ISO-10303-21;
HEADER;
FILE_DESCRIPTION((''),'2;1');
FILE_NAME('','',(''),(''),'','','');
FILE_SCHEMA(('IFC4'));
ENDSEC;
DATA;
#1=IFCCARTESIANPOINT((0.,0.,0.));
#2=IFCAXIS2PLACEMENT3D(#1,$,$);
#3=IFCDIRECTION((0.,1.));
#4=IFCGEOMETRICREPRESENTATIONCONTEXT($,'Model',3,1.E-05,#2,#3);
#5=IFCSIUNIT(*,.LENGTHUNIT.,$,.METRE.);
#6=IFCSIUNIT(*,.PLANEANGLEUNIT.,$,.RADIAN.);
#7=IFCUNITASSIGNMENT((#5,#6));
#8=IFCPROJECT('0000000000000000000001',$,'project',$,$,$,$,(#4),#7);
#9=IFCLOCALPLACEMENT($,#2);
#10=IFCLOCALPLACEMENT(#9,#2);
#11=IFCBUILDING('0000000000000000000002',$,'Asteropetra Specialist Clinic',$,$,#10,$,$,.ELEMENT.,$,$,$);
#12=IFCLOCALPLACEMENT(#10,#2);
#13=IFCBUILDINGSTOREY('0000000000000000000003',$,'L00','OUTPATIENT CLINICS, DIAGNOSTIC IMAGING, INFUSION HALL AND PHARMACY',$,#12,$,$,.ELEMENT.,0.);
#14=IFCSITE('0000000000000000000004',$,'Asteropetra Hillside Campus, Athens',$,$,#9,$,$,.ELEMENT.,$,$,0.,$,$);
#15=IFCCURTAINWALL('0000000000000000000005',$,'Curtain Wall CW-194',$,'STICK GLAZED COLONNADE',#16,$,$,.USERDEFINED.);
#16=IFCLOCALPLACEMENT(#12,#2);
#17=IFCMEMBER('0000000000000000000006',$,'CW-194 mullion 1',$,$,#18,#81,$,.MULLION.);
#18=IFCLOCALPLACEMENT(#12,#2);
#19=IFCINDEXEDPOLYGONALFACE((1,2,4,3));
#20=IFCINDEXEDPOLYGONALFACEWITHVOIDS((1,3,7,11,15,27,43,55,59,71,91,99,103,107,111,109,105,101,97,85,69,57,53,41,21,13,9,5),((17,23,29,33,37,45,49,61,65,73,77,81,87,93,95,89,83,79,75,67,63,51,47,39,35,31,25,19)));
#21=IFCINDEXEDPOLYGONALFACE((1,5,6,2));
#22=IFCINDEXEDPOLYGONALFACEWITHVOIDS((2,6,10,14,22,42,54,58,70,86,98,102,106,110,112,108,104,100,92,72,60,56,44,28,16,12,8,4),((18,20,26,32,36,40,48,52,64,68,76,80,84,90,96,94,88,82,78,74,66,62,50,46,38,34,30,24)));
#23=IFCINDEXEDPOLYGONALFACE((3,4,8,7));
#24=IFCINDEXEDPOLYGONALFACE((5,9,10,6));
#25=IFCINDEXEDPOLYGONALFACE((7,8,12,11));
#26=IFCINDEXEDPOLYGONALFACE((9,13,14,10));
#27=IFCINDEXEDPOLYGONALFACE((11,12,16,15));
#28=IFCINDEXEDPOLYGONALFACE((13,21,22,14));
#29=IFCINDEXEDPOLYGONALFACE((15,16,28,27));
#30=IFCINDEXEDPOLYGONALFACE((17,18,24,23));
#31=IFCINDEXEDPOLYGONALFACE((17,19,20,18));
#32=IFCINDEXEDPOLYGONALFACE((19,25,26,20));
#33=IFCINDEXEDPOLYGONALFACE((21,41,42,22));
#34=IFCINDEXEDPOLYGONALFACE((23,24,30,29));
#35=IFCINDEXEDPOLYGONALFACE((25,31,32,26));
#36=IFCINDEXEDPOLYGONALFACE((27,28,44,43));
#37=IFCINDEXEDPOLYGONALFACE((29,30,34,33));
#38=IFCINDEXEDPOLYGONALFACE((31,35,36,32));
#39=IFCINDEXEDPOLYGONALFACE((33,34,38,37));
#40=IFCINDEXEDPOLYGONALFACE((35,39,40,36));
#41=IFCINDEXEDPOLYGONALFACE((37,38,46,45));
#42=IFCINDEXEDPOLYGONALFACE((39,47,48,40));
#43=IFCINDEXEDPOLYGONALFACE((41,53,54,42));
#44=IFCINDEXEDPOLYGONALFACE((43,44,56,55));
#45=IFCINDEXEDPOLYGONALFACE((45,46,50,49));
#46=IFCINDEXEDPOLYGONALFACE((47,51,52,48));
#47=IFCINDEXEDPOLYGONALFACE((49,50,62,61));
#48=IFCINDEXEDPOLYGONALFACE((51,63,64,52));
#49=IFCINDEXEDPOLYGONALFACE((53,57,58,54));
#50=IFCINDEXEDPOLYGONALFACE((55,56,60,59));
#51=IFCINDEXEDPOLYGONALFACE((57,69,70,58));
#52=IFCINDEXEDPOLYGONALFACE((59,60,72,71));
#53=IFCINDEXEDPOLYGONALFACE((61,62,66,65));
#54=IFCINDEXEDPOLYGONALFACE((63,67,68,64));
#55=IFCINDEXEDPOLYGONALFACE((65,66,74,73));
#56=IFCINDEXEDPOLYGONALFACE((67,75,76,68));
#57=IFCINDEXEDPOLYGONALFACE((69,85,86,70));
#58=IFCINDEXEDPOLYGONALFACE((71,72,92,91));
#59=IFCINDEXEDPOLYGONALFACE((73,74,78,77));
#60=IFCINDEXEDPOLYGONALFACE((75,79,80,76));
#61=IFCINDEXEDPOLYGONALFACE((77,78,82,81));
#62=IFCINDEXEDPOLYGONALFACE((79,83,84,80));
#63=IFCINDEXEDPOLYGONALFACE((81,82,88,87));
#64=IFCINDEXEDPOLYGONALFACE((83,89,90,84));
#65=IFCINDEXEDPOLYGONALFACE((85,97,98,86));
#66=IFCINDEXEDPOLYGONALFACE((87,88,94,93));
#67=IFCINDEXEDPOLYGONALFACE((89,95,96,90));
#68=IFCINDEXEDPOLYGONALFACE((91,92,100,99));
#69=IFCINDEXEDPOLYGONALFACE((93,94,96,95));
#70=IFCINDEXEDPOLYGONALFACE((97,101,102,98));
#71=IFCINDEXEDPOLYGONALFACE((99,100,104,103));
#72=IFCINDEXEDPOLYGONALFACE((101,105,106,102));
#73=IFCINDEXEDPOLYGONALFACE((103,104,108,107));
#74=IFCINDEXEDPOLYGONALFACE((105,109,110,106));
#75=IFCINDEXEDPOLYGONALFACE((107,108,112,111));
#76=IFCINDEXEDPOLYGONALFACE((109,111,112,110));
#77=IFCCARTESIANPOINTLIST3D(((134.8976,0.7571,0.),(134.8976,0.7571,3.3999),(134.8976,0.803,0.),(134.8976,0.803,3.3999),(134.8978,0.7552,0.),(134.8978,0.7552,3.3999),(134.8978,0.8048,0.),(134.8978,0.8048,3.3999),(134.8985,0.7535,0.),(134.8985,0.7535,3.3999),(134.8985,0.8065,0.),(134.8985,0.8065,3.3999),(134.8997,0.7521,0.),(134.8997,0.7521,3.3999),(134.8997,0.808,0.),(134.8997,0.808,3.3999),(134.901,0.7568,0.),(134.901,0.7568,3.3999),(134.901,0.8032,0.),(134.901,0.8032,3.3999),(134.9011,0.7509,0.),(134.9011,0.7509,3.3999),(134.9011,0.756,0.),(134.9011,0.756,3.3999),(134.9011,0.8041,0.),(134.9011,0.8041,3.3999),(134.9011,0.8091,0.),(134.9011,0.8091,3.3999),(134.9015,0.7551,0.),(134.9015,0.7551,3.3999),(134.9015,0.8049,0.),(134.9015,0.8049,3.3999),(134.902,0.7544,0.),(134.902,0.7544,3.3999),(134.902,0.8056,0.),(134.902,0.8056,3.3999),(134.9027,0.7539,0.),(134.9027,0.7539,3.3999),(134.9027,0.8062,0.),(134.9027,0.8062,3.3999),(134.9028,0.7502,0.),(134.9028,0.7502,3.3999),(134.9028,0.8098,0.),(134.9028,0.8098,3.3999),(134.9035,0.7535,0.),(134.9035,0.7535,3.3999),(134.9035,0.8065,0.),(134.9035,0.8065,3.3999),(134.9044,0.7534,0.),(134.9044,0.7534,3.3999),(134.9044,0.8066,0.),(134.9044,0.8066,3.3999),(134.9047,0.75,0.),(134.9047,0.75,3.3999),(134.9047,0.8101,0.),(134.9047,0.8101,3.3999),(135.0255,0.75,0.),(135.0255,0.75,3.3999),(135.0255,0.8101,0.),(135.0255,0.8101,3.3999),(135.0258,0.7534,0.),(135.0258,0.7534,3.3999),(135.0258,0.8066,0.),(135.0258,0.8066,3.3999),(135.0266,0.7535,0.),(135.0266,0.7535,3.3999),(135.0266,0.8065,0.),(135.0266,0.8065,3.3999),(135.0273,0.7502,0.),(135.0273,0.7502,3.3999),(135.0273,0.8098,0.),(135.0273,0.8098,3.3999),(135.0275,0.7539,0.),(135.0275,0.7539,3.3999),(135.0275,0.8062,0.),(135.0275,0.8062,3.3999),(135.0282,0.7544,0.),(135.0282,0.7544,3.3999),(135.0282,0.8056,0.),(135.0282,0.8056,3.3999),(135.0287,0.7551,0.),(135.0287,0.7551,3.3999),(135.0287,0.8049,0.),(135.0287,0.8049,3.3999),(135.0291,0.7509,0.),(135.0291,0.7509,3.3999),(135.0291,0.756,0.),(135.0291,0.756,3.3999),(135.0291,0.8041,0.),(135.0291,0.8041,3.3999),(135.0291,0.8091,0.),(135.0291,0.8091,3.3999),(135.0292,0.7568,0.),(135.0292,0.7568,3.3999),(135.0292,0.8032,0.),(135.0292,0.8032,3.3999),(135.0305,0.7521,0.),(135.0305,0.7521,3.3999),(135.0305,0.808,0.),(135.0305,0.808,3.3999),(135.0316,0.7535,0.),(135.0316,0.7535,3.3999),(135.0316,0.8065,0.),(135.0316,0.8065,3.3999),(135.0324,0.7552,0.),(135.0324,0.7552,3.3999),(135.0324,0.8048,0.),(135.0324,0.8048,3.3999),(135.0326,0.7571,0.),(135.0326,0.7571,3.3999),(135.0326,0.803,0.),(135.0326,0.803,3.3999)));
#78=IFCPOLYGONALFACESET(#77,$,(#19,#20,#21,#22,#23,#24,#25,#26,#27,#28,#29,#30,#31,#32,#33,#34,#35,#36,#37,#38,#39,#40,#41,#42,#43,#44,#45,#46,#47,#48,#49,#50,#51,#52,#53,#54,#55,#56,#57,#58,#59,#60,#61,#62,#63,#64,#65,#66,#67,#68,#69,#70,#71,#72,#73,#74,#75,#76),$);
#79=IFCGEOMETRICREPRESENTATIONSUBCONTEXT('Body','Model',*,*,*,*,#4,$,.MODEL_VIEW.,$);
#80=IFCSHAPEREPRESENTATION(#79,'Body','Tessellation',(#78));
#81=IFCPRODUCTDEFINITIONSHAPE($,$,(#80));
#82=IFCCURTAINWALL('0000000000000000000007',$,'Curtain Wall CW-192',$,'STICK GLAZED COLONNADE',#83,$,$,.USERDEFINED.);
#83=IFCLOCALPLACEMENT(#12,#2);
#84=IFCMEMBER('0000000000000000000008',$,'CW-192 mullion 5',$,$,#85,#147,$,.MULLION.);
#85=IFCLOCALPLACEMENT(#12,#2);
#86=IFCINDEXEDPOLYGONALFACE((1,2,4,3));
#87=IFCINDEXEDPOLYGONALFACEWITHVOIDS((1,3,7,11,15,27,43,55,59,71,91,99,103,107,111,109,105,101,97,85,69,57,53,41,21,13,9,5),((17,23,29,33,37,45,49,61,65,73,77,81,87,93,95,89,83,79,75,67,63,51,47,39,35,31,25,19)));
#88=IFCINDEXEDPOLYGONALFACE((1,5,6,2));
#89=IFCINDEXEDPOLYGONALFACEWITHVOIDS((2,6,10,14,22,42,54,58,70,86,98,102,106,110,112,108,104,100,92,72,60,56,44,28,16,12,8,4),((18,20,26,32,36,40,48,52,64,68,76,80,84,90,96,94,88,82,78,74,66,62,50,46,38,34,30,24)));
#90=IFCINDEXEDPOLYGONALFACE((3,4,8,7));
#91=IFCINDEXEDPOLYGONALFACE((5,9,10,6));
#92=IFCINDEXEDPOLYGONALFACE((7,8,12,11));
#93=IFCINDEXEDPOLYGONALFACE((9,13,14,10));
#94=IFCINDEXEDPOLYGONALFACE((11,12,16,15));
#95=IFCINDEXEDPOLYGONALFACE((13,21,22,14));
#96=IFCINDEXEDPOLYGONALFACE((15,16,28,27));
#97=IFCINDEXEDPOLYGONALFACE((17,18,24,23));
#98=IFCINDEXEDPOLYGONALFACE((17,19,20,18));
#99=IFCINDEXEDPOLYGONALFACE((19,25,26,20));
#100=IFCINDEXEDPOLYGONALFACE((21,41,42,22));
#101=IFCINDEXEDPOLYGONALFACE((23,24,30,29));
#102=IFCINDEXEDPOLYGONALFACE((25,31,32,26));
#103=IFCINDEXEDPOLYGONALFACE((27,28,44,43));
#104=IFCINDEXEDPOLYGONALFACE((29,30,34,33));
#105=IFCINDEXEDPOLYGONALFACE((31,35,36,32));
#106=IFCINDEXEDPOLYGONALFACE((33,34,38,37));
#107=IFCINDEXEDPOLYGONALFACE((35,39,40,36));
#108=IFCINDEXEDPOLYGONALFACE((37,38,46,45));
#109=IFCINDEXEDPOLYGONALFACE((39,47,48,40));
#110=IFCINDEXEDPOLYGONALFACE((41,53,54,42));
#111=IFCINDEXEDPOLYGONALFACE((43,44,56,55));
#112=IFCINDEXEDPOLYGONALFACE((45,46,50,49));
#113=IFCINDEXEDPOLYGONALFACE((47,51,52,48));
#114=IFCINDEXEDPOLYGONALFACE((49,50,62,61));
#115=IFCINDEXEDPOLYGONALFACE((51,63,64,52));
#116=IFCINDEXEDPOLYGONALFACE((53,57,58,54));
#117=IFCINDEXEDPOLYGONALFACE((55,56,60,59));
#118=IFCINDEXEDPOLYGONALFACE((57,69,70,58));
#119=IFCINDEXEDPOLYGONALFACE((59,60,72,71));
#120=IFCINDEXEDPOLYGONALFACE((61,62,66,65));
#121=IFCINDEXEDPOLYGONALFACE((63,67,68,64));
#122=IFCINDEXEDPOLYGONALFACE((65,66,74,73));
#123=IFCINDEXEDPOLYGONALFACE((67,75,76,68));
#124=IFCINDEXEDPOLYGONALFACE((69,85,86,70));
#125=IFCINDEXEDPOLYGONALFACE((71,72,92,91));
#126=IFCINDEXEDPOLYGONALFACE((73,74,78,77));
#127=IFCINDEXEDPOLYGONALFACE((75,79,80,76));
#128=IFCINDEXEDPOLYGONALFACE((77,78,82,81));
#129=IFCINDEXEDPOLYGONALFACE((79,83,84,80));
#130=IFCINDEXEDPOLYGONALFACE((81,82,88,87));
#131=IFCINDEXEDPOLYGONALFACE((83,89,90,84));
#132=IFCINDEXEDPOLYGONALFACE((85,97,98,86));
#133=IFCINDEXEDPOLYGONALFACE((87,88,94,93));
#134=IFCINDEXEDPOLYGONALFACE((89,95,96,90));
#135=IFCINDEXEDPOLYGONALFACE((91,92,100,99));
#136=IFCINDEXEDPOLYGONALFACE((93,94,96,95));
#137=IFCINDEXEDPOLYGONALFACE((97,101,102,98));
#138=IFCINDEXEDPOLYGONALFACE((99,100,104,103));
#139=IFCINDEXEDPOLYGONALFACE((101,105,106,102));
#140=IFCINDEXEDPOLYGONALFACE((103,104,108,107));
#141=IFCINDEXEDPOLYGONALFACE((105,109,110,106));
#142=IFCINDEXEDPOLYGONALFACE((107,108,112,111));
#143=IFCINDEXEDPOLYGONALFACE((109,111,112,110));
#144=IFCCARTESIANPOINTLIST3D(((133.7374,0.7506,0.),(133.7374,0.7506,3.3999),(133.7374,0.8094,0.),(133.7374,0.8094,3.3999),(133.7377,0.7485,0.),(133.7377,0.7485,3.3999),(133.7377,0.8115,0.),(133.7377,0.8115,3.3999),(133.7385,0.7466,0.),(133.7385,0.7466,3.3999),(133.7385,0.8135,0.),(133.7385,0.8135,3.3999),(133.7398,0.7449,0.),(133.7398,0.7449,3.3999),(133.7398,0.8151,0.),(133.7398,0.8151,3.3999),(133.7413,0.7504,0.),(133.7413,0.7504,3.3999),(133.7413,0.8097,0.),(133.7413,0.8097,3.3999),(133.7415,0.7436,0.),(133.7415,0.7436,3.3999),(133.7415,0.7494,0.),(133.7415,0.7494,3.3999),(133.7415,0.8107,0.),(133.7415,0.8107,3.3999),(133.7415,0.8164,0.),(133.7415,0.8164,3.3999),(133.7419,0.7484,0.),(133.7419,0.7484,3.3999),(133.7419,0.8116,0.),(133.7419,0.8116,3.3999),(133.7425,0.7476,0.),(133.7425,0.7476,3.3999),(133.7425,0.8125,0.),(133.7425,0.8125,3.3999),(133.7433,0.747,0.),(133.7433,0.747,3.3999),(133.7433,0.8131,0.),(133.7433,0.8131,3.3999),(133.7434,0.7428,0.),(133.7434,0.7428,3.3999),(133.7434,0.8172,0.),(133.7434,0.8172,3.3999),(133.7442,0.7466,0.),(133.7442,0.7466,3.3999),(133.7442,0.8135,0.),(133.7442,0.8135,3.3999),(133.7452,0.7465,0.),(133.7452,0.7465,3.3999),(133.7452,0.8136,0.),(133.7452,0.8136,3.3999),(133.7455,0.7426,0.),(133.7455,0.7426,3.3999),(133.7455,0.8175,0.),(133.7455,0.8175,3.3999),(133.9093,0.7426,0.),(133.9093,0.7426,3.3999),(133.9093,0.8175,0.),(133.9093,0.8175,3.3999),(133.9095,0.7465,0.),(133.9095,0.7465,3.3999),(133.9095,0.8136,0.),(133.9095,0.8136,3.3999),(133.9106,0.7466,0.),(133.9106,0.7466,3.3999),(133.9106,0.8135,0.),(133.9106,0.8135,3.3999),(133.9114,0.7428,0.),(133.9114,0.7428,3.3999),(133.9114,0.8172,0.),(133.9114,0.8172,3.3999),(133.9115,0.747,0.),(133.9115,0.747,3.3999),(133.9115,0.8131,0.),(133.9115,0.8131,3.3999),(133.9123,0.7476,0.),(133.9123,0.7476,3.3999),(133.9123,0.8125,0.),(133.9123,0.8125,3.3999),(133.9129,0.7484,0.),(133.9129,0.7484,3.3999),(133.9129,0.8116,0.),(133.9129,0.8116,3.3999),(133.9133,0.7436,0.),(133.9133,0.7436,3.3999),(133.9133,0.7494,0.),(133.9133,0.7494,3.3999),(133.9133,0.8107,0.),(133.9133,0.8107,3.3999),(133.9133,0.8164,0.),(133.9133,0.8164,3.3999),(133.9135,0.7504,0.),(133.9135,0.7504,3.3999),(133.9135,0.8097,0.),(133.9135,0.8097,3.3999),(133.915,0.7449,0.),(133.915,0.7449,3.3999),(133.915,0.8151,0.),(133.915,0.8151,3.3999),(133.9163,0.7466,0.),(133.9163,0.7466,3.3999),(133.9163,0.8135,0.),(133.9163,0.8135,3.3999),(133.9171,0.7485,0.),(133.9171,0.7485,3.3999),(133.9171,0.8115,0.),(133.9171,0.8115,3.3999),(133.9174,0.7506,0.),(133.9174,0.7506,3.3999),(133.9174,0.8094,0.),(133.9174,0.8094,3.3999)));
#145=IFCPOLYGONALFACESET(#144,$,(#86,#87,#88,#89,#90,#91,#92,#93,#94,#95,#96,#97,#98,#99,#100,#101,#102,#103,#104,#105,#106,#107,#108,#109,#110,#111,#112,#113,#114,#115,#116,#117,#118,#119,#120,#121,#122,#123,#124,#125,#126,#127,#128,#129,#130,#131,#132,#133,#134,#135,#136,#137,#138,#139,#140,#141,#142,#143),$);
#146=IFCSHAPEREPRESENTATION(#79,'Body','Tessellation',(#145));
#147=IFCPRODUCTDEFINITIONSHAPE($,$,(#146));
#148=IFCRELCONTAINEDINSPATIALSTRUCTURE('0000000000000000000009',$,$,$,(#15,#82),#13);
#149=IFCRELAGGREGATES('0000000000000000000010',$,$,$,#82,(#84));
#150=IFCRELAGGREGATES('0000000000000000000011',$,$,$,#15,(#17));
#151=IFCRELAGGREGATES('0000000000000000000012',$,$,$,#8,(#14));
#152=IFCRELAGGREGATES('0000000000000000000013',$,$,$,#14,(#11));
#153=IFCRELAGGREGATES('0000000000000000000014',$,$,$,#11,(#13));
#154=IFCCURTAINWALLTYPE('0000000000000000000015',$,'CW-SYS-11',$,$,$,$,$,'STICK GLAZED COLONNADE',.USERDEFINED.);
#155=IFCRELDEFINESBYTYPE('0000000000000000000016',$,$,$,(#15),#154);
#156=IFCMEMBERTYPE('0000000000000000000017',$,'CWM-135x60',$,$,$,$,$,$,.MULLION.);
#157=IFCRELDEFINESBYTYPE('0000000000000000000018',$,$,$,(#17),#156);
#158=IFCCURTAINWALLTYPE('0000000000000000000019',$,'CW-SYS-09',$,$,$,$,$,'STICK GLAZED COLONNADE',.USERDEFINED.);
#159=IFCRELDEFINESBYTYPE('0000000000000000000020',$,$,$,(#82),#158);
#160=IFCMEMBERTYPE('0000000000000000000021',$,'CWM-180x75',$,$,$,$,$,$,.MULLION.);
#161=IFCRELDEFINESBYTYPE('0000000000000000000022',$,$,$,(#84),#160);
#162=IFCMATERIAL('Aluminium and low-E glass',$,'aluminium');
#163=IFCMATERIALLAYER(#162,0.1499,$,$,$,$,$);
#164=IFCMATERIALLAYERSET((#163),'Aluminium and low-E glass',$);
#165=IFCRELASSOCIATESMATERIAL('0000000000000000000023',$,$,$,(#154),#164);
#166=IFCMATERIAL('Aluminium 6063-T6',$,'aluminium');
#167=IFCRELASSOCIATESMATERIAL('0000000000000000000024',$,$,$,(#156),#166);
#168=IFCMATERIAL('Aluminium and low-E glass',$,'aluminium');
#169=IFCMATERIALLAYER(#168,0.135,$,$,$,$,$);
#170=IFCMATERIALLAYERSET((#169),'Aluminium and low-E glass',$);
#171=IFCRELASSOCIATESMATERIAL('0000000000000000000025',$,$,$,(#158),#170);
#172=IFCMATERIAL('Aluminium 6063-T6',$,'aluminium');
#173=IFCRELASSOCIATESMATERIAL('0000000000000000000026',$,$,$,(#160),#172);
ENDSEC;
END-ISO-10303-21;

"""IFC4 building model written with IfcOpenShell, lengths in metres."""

from ifc_helpers import new_model, si_unit, direction, frame, origin, origin_2d, place, context, subcontext, project, spatial, hollow_rectangle, extrude, material, layer, layer_set, material_profile, profile_set, type_object, element, aggregate, save


model = new_model("IFC4")

# Units and contexts
model_context = context("Model", 3, precision=1e-05, world=origin(), true_north=direction((0.0, 1.0)))
body_context = subcontext(model_context, "Body", "Model", "MODEL_VIEW")
ifc_project = project(units=[si_unit("LENGTHUNIT", "METRE"), si_unit("PLANEANGLEUNIT", "RADIAN")], contexts=[model_context])

# Site, building, storey
site_placement = place(None, origin())
site = spatial("IfcSite", under=ifc_project, at=site_placement, Name="Asteropetra Hillside Campus, Athens", CompositionType="ELEMENT", RefElevation=0.0)
building_placement = place(site_placement, origin())
building = spatial("IfcBuilding", under=site, at=building_placement, Name="Asteropetra Specialist Clinic", CompositionType="ELEMENT")
storey_placement = place(building_placement, origin())
storey = spatial("IfcBuildingStorey", under=building, at=storey_placement, Name="L00", Description="OUTPATIENT CLINICS, DIAGNOSTIC IMAGING, INFUSION HALL AND PHARMACY", CompositionType="ELEMENT", Elevation=0.0)

# Curtain walls, members
ifc_material_1 = material(Name="Aluminium and low-E glass", Category="aluminium")
ifc_layer_1 = layer(ifc_material_1, 0.1499)
ifc_layer_set_1 = layer_set([ifc_layer_1], Name="Aluminium and low-E glass")
curtain_wall_type_1 = type_object("IfcCurtainWallType", Name="CW-SYS-11", ElementType="STICK GLAZED COLONNADE", PredefinedType="USERDEFINED", material=ifc_layer_set_1)
curtain_wall_1_placement = place(storey_placement, origin())
curtain_wall_1 = element("IfcCurtainWall", 1, at=curtain_wall_1_placement, inside=storey, type_object=curtain_wall_type_1, Name="Curtain Wall CW-194", ObjectType="STICK GLAZED COLONNADE", PredefinedType="USERDEFINED")
ifc_material_2 = material(Name="Aluminium 6063-T6", Category="aluminium")
ifc_material_profile_1 = material_profile(ifc_material_2, hollow_rectangle(XDim=0.0601, YDim=0.135, WallThickness=0.0034, InnerFilletRadius=0.0034, OuterFilletRadius=0.0071, at=origin_2d()), Name="MUL 135x60x3.5")
ifc_profile_set_1 = profile_set([ifc_material_profile_1], Name="Aluminium 6063-T6")
member_type_1 = type_object("IfcMemberType", Name="CWM-135x60", PredefinedType="MULLION", material=ifc_profile_set_1)
member_1_placement = place(storey_placement, frame((134.9651, 0.78, 0.0), z_axis=(0.0, 0.0, 1.0), x_axis=(0.0, 1.0, 0.0)))
member_1 = element("IfcMember", 2, at=member_1_placement, type_object=member_type_1, Name="CW-194 mullion 1", PredefinedType="MULLION", context=body_context, shape_type="SweptSolid", body=[
    extrude(hollow_rectangle(XDim=0.0601, YDim=0.135, WallThickness=0.0034, InnerFilletRadius=0.0034, OuterFilletRadius=0.0071, at=origin_2d()), origin(), (0.0, 0.0, 1.0), 3.3999),
])
ifc_material_3 = material(Name="Aluminium and low-E glass", Category="aluminium")
ifc_layer_2 = layer(ifc_material_3, 0.135)
ifc_layer_set_2 = layer_set([ifc_layer_2], Name="Aluminium and low-E glass")
curtain_wall_type_2 = type_object("IfcCurtainWallType", Name="CW-SYS-09", ElementType="STICK GLAZED COLONNADE", PredefinedType="USERDEFINED", material=ifc_layer_set_2)
curtain_wall_2_placement = place(storey_placement, origin())
curtain_wall_2 = element("IfcCurtainWall", 3, at=curtain_wall_2_placement, inside=storey, type_object=curtain_wall_type_2, Name="Curtain Wall CW-192", ObjectType="STICK GLAZED COLONNADE", PredefinedType="USERDEFINED")
ifc_material_4 = material(Name="Aluminium 6063-T6", Category="aluminium")
ifc_material_profile_2 = material_profile(ifc_material_4, hollow_rectangle(XDim=0.075, YDim=0.1799, WallThickness=0.0039, InnerFilletRadius=0.0039, OuterFilletRadius=0.0081, at=origin_2d()), Name="MUL 180x75x4.0")
ifc_profile_set_2 = profile_set([ifc_material_profile_2], Name="Aluminium 6063-T6")
member_type_2 = type_object("IfcMemberType", Name="CWM-180x75", PredefinedType="MULLION", material=ifc_profile_set_2)
member_2_placement = place(storey_placement, frame((133.8274, 0.78, 0.0), z_axis=(0.0, 0.0, 1.0), x_axis=(0.0, 1.0, 0.0)))
member_2 = element("IfcMember", 4, at=member_2_placement, type_object=member_type_2, Name="CW-192 mullion 5", PredefinedType="MULLION", context=body_context, shape_type="SweptSolid", body=[
    extrude(hollow_rectangle(XDim=0.075, YDim=0.1799, WallThickness=0.0039, InnerFilletRadius=0.0039, OuterFilletRadius=0.0081, at=origin_2d()), origin(), (0.0, 0.0, 1.0), 3.3999),
])
aggregate(curtain_wall_2, [member_2])

aggregate(curtain_wall_1, [member_1])

save(model, "model.ifc")
